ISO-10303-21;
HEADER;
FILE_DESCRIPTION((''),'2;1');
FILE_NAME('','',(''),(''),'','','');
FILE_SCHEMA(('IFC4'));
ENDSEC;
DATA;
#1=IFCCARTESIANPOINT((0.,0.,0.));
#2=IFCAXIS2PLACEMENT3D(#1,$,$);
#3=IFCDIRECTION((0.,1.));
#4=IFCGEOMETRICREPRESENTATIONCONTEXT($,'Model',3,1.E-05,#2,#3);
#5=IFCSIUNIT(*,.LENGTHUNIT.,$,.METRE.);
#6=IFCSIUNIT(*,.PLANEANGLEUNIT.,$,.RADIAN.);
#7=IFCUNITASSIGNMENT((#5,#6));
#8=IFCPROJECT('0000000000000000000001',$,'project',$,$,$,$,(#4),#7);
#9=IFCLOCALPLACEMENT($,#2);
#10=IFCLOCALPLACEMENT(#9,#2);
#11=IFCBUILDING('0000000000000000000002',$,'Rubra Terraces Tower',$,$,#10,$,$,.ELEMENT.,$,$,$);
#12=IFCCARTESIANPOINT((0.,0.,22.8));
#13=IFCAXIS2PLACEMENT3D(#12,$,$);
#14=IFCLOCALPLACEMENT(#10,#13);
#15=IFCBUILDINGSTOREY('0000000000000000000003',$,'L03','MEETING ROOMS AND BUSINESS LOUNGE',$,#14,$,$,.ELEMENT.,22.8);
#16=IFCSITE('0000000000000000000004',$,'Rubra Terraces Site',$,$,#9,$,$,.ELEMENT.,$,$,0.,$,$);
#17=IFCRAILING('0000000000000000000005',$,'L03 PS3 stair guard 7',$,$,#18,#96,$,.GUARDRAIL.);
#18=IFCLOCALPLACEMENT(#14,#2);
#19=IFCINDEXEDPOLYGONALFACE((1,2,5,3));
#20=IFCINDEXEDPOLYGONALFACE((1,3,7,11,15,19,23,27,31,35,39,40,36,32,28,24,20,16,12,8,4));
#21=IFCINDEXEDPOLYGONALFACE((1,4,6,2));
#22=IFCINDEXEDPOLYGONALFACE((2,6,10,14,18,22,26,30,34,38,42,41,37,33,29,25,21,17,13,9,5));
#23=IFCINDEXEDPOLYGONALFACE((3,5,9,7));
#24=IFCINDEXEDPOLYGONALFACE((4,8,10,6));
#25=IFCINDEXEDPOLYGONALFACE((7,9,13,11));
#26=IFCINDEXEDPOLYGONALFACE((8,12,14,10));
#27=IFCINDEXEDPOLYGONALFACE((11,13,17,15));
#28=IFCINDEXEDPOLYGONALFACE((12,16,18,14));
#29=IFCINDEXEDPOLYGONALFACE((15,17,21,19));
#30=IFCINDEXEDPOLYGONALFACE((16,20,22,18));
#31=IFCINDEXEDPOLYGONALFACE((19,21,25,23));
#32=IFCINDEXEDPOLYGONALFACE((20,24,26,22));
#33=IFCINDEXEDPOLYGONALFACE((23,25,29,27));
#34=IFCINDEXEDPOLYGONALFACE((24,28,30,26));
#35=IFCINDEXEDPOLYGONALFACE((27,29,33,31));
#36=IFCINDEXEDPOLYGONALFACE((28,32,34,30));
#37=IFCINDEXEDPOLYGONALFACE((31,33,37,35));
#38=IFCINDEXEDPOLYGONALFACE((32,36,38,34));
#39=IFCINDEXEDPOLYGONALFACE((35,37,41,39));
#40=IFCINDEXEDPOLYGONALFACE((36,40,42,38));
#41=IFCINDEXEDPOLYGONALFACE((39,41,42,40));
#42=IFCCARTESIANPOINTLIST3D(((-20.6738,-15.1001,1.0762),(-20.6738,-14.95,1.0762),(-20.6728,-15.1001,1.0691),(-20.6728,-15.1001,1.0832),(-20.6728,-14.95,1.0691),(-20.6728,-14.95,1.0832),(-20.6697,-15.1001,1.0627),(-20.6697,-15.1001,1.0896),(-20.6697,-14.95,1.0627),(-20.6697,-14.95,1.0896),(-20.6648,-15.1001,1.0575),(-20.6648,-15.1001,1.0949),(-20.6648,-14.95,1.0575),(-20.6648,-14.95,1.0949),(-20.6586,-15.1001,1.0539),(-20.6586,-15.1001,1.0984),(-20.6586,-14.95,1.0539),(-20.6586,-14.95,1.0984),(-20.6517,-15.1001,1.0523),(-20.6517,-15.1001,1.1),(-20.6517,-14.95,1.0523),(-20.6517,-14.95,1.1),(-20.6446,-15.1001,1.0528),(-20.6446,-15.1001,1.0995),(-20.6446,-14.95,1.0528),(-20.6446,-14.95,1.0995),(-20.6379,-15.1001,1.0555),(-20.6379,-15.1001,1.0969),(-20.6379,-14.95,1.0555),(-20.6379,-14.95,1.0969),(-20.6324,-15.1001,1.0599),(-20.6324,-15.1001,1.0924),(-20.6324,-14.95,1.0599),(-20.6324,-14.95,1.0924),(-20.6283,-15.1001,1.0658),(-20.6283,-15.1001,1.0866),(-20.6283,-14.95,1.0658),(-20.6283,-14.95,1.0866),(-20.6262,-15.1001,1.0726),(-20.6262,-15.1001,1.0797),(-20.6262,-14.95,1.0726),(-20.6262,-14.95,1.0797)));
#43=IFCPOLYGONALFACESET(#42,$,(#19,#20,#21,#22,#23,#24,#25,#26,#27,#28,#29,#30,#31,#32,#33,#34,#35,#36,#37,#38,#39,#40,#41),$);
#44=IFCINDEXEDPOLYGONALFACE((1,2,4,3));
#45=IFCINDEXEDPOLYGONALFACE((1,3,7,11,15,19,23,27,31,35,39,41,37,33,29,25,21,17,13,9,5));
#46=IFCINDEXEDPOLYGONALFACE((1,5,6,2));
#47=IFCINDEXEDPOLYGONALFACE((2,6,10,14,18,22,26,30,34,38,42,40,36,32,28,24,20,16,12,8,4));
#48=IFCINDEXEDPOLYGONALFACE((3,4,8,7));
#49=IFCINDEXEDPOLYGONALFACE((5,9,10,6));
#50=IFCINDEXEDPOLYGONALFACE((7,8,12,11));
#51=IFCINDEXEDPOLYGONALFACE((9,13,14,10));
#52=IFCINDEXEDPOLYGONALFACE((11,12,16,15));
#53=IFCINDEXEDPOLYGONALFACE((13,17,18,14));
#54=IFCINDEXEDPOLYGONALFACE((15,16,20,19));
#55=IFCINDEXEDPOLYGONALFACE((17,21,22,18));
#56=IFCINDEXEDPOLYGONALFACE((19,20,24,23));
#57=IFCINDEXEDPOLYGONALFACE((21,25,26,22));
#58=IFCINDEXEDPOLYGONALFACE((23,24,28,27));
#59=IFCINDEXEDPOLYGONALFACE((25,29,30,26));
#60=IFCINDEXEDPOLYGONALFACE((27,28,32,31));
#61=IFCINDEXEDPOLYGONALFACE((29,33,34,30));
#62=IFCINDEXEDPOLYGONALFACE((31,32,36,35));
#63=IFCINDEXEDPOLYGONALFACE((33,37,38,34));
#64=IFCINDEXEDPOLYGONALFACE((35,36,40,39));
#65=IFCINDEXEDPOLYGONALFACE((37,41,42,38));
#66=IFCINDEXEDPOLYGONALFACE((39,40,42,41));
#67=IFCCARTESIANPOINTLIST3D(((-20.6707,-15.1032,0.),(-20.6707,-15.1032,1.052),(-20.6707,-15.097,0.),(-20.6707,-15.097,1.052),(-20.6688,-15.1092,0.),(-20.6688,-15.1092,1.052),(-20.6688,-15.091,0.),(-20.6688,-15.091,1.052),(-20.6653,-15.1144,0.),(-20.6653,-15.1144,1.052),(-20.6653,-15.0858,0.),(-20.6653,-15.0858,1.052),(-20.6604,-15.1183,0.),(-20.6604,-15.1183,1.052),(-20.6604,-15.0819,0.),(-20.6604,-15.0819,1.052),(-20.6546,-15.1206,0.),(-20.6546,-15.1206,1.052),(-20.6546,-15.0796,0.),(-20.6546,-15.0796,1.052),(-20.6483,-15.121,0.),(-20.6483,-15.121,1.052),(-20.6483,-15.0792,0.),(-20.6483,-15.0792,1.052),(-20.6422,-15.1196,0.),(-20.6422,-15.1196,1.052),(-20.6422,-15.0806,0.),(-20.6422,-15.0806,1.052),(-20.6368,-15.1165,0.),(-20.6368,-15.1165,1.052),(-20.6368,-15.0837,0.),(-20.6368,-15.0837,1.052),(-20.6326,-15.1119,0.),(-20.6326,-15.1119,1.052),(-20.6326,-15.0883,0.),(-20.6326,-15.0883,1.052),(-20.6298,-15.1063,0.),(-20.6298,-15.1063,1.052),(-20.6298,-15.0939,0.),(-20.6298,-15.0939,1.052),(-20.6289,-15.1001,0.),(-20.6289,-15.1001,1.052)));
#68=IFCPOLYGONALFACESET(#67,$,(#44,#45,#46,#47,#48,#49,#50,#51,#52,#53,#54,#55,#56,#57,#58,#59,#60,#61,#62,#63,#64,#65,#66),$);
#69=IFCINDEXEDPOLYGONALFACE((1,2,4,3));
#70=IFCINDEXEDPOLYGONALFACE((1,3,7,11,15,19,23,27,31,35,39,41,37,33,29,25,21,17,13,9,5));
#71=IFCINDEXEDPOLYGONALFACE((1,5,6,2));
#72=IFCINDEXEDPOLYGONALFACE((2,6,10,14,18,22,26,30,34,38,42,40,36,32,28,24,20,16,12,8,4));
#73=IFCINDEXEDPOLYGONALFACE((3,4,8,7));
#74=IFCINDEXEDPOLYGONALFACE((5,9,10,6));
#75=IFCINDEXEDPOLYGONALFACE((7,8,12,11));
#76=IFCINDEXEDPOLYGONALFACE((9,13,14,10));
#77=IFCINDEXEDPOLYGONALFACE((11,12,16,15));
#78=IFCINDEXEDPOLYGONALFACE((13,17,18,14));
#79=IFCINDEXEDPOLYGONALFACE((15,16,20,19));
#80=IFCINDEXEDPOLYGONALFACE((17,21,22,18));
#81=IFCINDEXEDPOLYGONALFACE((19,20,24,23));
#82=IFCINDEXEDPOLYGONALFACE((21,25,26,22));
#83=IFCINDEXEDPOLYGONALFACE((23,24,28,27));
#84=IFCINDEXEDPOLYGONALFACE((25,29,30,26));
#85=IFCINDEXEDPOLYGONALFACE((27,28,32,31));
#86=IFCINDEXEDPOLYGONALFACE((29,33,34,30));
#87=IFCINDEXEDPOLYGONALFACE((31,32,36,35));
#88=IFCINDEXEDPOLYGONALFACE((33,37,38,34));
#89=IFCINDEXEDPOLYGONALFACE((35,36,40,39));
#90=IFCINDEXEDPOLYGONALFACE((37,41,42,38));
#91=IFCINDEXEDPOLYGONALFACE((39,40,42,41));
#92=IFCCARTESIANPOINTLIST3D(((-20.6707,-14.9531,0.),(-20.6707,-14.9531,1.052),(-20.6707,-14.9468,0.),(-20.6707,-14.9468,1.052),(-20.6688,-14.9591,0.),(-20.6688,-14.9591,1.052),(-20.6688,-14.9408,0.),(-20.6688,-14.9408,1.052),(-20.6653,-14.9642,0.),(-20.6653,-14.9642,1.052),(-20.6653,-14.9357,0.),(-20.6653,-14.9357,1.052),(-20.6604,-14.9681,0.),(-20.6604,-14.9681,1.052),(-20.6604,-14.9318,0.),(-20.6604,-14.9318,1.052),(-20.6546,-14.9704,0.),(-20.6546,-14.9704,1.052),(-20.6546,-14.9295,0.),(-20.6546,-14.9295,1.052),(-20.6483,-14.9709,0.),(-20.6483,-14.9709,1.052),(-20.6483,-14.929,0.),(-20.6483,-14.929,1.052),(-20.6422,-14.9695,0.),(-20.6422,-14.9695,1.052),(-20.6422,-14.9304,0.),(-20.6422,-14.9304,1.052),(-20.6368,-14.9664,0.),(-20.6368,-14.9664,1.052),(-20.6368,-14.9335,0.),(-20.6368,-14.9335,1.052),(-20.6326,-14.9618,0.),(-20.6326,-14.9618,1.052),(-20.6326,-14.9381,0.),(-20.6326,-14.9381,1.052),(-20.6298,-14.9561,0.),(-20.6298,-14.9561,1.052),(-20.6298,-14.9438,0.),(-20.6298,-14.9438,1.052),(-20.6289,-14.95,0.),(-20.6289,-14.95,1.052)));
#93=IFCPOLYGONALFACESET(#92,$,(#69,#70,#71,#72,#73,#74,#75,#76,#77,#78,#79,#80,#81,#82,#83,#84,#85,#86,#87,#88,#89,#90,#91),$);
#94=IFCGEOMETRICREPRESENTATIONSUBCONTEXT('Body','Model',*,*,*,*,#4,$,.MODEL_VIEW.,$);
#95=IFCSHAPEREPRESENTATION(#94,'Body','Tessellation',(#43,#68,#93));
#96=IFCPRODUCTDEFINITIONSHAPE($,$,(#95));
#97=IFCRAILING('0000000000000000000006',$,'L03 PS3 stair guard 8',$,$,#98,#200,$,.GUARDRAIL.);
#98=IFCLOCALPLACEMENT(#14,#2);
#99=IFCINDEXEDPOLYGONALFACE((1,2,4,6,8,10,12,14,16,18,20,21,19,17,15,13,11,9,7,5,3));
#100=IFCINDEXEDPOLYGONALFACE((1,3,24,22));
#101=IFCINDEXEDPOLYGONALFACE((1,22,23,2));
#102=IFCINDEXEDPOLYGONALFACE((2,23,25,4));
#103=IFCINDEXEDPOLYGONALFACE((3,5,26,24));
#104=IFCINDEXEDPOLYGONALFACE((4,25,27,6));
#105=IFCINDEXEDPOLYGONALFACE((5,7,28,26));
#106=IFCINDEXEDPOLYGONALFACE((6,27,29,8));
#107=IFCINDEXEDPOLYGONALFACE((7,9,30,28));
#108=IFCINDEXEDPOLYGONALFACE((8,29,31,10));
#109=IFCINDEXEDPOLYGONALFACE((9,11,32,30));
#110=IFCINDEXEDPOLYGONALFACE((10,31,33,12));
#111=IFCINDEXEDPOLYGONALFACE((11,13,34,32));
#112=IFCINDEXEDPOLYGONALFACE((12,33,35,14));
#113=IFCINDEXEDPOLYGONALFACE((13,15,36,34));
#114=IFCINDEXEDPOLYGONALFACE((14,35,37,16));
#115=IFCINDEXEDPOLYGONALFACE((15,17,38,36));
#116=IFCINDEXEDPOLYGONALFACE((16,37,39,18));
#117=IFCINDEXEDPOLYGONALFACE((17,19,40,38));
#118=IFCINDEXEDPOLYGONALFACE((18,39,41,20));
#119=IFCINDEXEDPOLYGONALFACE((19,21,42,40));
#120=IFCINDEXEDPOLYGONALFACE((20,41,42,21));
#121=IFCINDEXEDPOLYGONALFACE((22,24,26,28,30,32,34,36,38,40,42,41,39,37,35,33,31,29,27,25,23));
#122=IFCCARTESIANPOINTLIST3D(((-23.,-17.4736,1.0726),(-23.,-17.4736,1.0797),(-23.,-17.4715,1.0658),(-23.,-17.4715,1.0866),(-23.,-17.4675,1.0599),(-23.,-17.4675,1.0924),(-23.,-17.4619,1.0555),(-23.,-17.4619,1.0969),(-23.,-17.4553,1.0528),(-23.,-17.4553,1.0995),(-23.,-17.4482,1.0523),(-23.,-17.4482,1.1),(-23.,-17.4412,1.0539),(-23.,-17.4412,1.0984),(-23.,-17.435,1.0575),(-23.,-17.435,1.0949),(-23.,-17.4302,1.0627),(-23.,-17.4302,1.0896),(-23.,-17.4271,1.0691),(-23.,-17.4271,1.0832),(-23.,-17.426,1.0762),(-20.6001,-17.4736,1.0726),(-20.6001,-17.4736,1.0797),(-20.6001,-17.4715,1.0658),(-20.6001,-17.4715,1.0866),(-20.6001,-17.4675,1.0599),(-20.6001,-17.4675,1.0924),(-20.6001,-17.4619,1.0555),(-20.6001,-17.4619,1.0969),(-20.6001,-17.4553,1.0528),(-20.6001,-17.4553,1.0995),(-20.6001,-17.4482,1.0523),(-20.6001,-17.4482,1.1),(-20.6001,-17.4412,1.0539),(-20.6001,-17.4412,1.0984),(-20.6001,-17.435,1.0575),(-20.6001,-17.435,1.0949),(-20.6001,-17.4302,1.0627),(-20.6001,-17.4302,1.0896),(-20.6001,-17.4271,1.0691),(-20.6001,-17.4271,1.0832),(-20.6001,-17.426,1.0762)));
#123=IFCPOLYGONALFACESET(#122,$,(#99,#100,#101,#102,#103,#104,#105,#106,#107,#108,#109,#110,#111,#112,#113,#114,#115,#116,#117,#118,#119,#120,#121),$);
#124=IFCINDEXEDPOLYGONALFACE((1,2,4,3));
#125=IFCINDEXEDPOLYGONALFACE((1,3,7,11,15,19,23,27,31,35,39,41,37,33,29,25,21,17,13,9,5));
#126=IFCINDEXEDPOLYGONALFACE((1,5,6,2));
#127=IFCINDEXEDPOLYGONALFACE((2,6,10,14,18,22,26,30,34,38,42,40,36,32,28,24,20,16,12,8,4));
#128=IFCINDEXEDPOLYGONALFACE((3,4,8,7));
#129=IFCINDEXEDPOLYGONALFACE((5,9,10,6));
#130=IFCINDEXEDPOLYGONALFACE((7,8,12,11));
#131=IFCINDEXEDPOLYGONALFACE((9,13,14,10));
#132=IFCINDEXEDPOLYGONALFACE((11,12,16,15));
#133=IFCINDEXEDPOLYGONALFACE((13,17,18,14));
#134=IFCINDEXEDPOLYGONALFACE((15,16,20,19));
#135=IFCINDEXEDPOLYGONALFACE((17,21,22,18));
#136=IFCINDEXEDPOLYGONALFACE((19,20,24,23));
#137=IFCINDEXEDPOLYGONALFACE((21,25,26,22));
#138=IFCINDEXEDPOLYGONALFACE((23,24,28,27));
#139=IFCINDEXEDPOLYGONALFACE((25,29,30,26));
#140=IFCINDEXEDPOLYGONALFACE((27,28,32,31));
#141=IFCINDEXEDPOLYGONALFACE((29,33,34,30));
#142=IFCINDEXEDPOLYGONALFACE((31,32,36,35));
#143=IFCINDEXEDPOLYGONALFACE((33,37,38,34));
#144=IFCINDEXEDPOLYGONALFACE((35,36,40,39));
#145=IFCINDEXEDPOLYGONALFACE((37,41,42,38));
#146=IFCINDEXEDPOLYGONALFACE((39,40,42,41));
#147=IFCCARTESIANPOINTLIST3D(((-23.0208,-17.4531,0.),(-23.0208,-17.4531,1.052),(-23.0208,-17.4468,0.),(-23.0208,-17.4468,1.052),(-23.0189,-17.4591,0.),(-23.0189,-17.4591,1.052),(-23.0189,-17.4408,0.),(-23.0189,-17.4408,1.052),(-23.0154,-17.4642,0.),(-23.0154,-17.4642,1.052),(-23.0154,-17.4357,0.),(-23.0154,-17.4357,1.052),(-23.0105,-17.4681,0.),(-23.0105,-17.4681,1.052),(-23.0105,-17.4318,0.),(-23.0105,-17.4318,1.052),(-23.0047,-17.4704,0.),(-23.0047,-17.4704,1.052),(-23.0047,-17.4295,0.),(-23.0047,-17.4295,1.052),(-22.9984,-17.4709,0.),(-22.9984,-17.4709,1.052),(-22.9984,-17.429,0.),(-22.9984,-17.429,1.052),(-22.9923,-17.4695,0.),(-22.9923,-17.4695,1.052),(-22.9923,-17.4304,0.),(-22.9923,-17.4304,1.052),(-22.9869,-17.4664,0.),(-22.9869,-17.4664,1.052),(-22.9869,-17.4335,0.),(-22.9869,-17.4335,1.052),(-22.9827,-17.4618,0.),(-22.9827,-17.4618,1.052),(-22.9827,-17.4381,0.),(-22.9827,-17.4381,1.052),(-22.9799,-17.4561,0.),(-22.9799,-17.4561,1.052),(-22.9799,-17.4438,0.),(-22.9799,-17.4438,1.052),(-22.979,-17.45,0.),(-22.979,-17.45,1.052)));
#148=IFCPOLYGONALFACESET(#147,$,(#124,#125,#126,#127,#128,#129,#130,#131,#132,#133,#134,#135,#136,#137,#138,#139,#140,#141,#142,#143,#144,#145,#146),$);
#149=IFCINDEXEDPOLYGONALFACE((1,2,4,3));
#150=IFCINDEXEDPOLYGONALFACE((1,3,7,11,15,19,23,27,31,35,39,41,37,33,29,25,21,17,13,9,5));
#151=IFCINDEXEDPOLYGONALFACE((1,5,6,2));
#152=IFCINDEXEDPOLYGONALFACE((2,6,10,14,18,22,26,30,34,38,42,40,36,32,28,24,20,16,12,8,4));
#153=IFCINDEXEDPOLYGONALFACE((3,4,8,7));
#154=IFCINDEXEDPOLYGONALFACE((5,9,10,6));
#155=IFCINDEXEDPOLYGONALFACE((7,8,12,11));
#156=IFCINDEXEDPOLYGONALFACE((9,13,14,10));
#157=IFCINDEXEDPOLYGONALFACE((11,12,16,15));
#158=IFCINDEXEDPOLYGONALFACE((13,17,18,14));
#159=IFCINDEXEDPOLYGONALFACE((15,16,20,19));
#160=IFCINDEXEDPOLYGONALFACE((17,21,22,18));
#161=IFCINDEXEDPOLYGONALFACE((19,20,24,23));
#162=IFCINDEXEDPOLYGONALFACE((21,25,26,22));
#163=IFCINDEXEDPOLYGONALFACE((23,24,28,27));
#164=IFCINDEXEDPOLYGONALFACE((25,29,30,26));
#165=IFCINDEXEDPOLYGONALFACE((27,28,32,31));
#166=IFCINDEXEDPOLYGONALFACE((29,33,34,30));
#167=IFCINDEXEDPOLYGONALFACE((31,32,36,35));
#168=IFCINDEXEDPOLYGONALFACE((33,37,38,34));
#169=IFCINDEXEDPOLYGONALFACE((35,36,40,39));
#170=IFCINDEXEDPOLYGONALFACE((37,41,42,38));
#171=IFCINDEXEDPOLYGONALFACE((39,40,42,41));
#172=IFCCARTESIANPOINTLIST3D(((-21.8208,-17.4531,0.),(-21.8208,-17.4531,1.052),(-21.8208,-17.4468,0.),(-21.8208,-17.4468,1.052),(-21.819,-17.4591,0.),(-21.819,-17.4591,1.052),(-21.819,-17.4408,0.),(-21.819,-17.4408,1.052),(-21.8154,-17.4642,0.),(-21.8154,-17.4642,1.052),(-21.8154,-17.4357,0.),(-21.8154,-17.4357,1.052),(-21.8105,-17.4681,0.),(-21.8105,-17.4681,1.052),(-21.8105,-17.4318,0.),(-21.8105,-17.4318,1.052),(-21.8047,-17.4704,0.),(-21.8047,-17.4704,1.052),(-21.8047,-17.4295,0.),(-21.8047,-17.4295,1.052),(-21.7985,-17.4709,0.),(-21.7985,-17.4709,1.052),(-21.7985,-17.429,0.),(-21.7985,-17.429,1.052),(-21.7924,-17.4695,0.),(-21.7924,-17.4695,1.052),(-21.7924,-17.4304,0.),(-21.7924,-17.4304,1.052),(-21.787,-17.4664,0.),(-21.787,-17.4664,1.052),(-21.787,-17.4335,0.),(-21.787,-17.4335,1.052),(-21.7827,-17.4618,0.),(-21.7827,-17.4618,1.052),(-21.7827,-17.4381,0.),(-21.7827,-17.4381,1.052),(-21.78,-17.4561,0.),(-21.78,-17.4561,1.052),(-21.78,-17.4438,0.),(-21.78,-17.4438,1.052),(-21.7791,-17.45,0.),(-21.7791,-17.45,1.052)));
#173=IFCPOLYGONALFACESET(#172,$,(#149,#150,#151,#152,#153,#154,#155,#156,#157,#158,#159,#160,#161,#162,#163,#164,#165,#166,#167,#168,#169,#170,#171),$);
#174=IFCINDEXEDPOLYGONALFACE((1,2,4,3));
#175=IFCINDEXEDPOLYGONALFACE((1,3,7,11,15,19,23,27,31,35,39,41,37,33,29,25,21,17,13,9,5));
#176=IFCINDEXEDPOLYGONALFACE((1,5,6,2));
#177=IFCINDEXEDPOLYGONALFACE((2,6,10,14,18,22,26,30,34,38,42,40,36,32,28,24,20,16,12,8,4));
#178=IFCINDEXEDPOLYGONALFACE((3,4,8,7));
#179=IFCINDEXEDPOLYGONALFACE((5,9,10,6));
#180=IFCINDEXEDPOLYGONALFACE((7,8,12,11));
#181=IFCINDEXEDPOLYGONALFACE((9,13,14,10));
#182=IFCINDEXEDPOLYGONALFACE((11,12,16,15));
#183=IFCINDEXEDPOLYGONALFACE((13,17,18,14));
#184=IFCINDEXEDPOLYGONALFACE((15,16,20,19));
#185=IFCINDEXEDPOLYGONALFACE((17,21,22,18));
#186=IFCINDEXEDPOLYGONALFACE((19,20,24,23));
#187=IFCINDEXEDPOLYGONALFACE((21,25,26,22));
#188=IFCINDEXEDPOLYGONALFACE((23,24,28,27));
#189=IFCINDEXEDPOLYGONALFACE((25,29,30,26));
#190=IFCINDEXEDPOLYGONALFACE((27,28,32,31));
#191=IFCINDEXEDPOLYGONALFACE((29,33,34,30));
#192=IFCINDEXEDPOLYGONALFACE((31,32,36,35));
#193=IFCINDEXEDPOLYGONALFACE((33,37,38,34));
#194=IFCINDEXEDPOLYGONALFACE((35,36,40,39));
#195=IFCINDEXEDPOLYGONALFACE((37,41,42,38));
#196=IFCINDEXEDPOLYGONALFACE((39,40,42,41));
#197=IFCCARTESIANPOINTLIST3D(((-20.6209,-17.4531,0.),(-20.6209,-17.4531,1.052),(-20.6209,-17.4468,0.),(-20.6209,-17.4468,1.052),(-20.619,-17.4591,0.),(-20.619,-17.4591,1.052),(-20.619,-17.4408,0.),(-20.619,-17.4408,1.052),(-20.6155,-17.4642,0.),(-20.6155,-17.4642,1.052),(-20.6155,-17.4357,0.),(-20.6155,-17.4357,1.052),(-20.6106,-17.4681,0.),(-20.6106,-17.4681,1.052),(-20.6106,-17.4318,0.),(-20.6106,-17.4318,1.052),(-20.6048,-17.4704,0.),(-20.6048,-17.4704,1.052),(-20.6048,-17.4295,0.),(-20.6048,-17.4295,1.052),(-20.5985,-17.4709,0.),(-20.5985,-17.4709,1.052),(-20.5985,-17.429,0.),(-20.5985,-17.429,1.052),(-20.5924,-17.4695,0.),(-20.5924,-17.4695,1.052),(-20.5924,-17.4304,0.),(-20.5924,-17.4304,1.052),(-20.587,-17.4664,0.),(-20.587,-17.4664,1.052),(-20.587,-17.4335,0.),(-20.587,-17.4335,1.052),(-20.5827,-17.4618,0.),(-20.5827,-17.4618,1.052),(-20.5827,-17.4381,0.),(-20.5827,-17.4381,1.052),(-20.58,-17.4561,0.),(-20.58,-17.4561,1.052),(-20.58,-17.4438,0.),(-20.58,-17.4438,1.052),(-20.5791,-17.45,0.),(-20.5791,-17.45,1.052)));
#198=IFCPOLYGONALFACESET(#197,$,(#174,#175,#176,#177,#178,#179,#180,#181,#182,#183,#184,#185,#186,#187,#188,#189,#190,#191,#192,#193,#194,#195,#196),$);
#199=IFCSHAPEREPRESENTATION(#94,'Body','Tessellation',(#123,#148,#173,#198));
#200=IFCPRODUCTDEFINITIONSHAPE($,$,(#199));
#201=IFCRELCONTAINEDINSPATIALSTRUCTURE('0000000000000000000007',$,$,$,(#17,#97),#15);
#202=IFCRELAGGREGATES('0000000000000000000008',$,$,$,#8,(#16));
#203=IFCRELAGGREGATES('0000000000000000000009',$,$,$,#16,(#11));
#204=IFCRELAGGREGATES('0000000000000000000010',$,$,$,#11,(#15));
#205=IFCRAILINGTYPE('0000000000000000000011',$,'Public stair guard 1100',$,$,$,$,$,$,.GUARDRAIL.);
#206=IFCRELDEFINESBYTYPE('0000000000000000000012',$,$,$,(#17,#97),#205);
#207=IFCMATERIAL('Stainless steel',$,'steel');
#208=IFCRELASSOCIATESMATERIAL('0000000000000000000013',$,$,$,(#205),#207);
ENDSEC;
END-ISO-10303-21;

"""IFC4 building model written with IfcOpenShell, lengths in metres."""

from ifc_helpers import new_model, si_unit, direction, frame, origin, origin_2d, place, context, subcontext, project, spatial, circle, extrude, material, type_object, element, save


model = new_model("IFC4")

# Units and contexts
model_context = context("Model", 3, precision=1e-05, world=origin(), true_north=direction((0.0, 1.0)))
body_context = subcontext(model_context, "Body", "Model", "MODEL_VIEW")
ifc_project = project(units=[si_unit("LENGTHUNIT", "METRE"), si_unit("PLANEANGLEUNIT", "RADIAN")], contexts=[model_context])

# Site, building, storey
site_placement = place(None, origin())
site = spatial("IfcSite", under=ifc_project, at=site_placement, Name="Rubra Terraces Site", CompositionType="ELEMENT", RefElevation=0.0)
building_placement = place(site_placement, origin())
building = spatial("IfcBuilding", under=site, at=building_placement, Name="Rubra Terraces Tower", CompositionType="ELEMENT")
storey_placement = place(building_placement, frame((0.0, 0.0, 22.8)))
storey = spatial("IfcBuildingStorey", under=building, at=storey_placement, Name="L03", Description="MEETING ROOMS AND BUSINESS LOUNGE", CompositionType="ELEMENT", Elevation=22.8)

# Railings
ifc_material_1 = material(Name="Stainless steel", Category="steel")
railing_type_1 = type_object("IfcRailingType", Name="Public stair guard 1100", PredefinedType="GUARDRAIL", material=ifc_material_1)
railing_1_placement = place(storey_placement, frame((-20.6499, -15.1001, 0.0)))
element("IfcRailing", 1, at=railing_1_placement, inside=storey, type_object=railing_type_1, Name="L03 PS3 stair guard 7", PredefinedType="GUARDRAIL", context=body_context, shape_type="SweptSolid", body=[
    extrude(circle(Radius=0.0239, at=origin_2d()), frame((0.0, 0.0, 1.0762), z_axis=(0.0, 1.0, 0.0), x_axis=(-1.0, 0.0, 0.0)), (0.0, 0.0, 1.0), 0.1501),
    extrude(circle(Radius=0.021, at=origin_2d()), origin(), (0.0, 0.0, 1.0), 1.052),
    extrude(circle(Radius=0.021, at=origin_2d()), frame((0.0, 0.1501, 0.0)), (0.0, 0.0, 1.0), 1.052),
])
for number, where, name in (
    (2, (-23.0, -17.45, 0.0), "L03 PS3 stair guard 8"),
):
    element("IfcRailing", number, at=place(storey_placement, frame(where)), inside=storey, type_object=railing_type_1, Name=name, PredefinedType="GUARDRAIL", context=body_context, shape_type="SweptSolid", body=[
        extrude(circle(Radius=0.0239, at=origin_2d()), frame((0.0, 0.0, 1.0762), z_axis=(1.0, 0.0, 0.0), x_axis=(0.0, 1.0, 0.0)), (0.0, 0.0, 1.0), 2.3999),
        extrude(circle(Radius=0.021, at=origin_2d()), origin(), (0.0, 0.0, 1.0), 1.052),
        extrude(circle(Radius=0.021, at=origin_2d()), frame((1.2, 0.0, 0.0)), (0.0, 0.0, 1.0), 1.052),
        extrude(circle(Radius=0.021, at=origin_2d()), frame((2.3999, 0.0, 0.0)), (0.0, 0.0, 1.0), 1.052),
    ])

save(model, "model.ifc")
